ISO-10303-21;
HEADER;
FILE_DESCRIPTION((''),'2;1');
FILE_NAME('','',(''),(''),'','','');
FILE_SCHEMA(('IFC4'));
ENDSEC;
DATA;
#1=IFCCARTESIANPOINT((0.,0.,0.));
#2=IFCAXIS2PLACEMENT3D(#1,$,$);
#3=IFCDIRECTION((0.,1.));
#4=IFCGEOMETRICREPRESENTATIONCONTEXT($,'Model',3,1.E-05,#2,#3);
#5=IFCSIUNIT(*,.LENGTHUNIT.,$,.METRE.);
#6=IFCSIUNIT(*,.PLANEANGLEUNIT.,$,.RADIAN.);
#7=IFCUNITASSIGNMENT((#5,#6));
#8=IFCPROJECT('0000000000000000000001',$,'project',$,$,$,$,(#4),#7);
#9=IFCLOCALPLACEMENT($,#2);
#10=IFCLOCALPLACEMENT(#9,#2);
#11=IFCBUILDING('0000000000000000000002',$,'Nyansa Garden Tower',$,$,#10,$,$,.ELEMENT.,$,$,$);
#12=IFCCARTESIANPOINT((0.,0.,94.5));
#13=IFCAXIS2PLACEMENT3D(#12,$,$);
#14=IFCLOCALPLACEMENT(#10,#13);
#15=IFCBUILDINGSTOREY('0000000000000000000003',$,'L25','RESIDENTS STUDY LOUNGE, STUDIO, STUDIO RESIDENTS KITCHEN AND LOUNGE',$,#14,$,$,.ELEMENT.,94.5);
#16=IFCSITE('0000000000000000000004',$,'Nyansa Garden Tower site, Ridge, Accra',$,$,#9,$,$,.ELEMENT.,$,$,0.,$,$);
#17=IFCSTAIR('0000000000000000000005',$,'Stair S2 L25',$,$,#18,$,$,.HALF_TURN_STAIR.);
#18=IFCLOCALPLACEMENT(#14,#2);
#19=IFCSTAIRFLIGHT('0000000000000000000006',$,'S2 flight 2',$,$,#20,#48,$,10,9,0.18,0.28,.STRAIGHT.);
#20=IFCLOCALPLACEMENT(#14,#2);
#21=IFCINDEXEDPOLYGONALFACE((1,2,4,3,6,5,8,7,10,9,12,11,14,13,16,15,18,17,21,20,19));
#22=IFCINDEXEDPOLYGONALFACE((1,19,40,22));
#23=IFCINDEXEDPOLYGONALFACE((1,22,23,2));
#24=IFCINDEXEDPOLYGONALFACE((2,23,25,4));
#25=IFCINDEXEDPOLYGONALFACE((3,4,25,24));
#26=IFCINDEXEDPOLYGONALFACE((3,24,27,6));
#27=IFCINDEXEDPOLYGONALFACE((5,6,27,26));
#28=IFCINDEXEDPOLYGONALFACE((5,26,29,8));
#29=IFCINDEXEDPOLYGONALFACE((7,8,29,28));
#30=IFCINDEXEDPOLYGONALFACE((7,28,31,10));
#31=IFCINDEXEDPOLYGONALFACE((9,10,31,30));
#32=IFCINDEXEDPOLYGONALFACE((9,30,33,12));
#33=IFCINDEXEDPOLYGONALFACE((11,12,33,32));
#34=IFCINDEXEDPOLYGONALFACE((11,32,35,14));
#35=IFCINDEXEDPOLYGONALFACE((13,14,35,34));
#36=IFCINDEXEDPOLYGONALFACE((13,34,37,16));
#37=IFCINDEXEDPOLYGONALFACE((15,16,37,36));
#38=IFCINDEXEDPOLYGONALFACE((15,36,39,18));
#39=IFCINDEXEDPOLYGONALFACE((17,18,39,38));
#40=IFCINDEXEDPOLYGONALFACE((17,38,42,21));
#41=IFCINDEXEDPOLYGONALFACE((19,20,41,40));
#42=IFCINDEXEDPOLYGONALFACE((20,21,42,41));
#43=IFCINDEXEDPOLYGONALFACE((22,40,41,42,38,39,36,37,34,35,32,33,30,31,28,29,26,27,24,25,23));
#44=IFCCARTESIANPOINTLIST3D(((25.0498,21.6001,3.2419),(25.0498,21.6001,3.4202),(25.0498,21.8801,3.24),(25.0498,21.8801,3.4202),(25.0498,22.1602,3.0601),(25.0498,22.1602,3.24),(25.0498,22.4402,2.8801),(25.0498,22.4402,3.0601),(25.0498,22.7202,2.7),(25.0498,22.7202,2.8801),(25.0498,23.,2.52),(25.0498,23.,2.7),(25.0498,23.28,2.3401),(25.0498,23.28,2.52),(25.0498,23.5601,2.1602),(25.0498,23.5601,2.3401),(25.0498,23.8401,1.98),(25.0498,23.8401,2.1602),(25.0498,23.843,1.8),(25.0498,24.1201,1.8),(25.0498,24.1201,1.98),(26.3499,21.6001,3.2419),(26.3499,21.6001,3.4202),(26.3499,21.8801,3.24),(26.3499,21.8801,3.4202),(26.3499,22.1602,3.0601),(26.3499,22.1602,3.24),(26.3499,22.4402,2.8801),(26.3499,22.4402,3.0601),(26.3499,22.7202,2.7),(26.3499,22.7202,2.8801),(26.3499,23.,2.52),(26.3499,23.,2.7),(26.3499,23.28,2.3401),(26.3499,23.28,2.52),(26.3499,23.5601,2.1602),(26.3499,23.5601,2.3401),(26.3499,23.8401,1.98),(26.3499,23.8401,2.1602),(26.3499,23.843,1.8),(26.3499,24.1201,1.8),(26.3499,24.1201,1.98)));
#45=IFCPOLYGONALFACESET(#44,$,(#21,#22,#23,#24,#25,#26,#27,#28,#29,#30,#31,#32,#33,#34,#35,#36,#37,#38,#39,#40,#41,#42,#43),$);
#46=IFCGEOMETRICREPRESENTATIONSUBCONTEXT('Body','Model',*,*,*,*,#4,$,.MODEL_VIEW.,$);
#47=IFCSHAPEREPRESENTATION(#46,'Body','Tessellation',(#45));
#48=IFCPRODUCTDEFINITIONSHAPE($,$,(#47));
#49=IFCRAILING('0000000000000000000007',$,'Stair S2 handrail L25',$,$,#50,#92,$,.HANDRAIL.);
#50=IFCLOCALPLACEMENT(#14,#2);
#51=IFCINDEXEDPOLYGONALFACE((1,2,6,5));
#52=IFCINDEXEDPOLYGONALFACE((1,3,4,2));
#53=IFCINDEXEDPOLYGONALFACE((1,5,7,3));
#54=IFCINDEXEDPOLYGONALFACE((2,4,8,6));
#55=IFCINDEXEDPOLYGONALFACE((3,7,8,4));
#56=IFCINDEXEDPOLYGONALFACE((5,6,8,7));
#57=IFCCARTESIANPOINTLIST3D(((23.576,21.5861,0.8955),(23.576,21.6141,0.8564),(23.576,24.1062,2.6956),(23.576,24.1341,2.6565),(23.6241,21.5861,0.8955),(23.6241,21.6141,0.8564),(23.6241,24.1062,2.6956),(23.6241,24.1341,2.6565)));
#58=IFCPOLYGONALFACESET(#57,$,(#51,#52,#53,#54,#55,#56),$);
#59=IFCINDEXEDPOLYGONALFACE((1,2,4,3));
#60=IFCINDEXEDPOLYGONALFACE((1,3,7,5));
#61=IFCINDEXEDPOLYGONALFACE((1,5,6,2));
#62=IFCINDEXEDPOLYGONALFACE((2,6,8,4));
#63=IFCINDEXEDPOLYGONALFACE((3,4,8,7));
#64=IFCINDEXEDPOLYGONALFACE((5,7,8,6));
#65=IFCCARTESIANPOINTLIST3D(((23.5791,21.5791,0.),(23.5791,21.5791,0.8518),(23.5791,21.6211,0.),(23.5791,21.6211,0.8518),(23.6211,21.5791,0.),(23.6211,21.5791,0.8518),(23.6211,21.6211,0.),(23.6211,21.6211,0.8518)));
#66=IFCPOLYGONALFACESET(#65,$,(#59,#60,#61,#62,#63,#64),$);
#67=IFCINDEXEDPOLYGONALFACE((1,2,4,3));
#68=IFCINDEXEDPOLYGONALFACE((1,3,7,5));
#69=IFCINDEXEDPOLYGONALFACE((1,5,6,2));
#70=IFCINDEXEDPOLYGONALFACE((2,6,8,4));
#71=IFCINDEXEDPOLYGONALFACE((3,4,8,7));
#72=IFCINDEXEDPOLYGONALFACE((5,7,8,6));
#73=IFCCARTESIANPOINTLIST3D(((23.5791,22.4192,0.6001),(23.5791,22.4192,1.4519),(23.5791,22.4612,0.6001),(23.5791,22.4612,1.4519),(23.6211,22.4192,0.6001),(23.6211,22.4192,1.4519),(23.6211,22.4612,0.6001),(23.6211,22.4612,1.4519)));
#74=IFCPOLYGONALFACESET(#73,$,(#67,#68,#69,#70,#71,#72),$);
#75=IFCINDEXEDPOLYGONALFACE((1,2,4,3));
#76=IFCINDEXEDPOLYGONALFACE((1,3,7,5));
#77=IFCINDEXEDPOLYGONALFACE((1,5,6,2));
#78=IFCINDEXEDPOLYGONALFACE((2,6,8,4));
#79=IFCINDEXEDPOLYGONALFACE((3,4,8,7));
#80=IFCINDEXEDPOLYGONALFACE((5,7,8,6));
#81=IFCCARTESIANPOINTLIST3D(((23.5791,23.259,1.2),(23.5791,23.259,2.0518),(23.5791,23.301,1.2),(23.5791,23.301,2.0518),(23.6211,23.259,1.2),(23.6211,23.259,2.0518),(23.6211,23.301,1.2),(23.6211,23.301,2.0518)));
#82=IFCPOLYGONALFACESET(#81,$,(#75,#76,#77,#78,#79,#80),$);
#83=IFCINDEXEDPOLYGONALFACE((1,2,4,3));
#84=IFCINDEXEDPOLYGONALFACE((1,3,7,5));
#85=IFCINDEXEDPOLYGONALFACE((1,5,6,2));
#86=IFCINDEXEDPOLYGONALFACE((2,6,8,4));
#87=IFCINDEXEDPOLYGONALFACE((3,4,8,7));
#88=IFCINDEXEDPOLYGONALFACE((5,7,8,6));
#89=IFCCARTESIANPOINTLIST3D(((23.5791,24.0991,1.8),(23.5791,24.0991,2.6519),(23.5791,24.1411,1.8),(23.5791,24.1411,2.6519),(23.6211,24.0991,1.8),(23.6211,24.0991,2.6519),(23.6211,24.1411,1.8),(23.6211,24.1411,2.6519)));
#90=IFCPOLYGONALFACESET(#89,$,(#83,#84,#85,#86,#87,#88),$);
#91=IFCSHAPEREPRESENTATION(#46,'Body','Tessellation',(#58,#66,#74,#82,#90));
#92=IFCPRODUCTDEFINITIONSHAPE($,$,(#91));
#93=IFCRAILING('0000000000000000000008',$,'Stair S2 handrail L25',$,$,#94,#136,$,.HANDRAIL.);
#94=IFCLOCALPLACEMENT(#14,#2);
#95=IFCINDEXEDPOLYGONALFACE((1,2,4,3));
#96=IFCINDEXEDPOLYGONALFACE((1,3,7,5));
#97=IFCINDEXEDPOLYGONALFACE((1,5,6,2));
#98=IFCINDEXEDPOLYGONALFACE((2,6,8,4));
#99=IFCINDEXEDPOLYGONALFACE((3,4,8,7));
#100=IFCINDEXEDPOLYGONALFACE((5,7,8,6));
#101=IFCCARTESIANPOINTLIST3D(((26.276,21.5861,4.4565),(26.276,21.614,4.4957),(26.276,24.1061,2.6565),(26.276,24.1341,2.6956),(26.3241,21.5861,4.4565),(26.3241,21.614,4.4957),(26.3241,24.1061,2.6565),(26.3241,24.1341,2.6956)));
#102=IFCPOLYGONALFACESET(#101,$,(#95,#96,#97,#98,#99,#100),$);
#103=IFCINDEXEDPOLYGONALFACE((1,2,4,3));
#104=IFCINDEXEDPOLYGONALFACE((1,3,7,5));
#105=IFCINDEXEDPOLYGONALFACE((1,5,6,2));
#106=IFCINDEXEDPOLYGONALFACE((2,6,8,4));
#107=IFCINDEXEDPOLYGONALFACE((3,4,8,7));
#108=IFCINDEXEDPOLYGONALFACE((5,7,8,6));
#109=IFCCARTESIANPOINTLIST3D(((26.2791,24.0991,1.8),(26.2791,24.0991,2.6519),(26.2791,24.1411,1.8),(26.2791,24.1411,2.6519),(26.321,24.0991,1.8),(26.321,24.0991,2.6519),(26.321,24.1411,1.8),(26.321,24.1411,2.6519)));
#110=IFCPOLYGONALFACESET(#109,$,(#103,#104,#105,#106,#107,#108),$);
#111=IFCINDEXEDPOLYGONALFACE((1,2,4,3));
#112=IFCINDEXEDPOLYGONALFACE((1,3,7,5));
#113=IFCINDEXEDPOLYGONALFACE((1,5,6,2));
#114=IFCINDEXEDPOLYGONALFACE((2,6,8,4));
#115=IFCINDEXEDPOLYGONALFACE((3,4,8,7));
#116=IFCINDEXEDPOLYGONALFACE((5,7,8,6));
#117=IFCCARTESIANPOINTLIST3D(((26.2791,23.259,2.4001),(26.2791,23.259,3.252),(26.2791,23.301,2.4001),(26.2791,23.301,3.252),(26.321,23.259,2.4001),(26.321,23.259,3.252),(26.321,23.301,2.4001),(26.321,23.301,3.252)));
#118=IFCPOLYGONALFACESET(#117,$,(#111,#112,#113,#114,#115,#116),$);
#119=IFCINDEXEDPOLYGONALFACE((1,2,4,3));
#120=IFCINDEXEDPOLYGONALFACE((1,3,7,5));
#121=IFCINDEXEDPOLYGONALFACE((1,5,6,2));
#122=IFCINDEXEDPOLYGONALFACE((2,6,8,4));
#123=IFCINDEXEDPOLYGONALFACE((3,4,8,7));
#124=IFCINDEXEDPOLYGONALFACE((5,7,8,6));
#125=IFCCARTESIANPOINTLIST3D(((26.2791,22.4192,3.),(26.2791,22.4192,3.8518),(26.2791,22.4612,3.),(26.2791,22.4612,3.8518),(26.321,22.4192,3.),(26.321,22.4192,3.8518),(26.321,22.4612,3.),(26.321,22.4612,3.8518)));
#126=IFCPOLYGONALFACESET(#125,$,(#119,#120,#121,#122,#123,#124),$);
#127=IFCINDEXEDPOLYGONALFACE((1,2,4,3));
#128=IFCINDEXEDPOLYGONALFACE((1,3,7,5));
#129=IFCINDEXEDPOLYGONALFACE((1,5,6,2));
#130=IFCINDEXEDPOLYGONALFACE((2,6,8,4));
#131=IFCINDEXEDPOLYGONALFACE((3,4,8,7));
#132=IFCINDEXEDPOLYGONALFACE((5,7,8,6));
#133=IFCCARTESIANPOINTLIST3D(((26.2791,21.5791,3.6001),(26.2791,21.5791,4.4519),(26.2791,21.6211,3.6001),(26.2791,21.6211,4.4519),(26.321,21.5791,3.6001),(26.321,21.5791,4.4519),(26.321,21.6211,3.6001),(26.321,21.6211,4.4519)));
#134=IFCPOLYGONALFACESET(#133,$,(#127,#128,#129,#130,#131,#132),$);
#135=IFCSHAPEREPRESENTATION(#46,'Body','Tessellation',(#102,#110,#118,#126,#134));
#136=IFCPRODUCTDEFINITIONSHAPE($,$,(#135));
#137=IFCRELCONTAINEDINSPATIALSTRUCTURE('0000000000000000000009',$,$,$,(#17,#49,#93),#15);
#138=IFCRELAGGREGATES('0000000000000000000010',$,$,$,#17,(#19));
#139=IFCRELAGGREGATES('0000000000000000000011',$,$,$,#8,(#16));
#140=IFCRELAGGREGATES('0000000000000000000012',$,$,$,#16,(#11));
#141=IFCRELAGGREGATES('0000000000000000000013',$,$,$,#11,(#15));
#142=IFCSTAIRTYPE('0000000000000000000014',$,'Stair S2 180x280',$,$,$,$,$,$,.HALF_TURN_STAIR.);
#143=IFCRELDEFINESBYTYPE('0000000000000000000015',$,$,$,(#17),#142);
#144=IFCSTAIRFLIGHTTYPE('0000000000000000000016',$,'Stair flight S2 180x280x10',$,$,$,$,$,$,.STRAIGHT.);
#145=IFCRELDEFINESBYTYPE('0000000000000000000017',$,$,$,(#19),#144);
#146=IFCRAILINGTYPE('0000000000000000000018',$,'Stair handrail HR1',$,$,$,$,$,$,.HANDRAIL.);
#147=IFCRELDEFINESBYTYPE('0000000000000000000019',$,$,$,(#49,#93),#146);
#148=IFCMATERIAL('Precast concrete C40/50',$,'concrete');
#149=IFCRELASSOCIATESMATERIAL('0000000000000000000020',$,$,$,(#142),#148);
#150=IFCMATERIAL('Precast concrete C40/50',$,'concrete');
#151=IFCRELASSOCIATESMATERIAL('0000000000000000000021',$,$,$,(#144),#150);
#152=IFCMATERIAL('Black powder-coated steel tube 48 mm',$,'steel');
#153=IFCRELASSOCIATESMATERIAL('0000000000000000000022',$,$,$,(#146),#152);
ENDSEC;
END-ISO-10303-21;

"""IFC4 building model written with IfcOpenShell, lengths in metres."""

from ifc_helpers import new_model, si_unit, direction, frame, origin, origin_2d, place, context, subcontext, project, spatial, polyline, rectangle, outline, extrude, material, type_object, element, aggregate, save


model = new_model("IFC4")

# Units and contexts
model_context = context("Model", 3, precision=1e-05, world=origin(), true_north=direction((0.0, 1.0)))
body_context = subcontext(model_context, "Body", "Model", "MODEL_VIEW")
ifc_project = project(units=[si_unit("LENGTHUNIT", "METRE"), si_unit("PLANEANGLEUNIT", "RADIAN")], contexts=[model_context])

# Site, building, storey
site_placement = place(None, origin())
site = spatial("IfcSite", under=ifc_project, at=site_placement, Name="Nyansa Garden Tower site, Ridge, Accra", CompositionType="ELEMENT", RefElevation=0.0)
building_placement = place(site_placement, origin())
building = spatial("IfcBuilding", under=site, at=building_placement, Name="Nyansa Garden Tower", CompositionType="ELEMENT")
storey_placement = place(building_placement, frame((0.0, 0.0, 94.5)))
storey = spatial("IfcBuildingStorey", under=building, at=storey_placement, Name="L25", Description="RESIDENTS STUDY LOUNGE, STUDIO, STUDIO RESIDENTS KITCHEN AND LOUNGE", CompositionType="ELEMENT", Elevation=94.5)

# Stair, stair flight
ifc_material_1 = material(Name="Precast concrete C40/50", Category="concrete")
stair_type = type_object("IfcStairType", Name="Stair S2 180x280", PredefinedType="HALF_TURN_STAIR", material=ifc_material_1)
stair_placement = place(storey_placement, origin())
stair = element("IfcStair", 1, at=stair_placement, inside=storey, type_object=stair_type, Name="Stair S2 L25", PredefinedType="HALF_TURN_STAIR")
ifc_material_2 = material(Name="Precast concrete C40/50", Category="concrete")
stair_flight_type = type_object("IfcStairFlightType", Name="Stair flight S2 180x280x10", PredefinedType="STRAIGHT", material=ifc_material_2)
stair_flight_1_placement = place(storey_placement, frame((25.7, 24.1201, 1.8), z_axis=(0.0, 0.0, 1.0), x_axis=(0.0, -1.0, 0.0)))
stair_flight_1 = element("IfcStairFlight", 2, at=stair_flight_1_placement, type_object=stair_flight_type, Name="S2 flight 2", NumberOfRisers=10, NumberOfTreads=9, PredefinedType="STRAIGHT", RiserHeight=0.18, TreadLength=0.28, context=body_context, shape_type="SweptSolid", body=[
    extrude(outline(polyline([(0.0, 0.0), (0.0, 0.1799), (0.28, 0.1799), (0.28, 0.3601), (0.5601, 0.3601), (0.5601, 0.54), (0.8401, 0.54), (0.8401, 0.72), (1.1201, 0.72), (1.1201, 0.8999), (1.3999, 0.8999), (1.3999, 1.0801), (1.6799, 1.0801), (1.6799, 1.26), (1.96, 1.26), (1.96, 1.4399), (2.24, 1.4399), (2.24, 1.6201), (2.52, 1.6201), (2.52, 1.8), (2.52, 1.4419), (0.2771, 0.0), (0.0, 0.0)])), frame((0.0, 0.6499, 0.0), z_axis=(0.0, -1.0, 0.0), x_axis=(1.0, 0.0, 0.0)), (0.0, 0.0, 1.0), 1.3),
])
aggregate(stair, [stair_flight_1])

# Railings
ifc_material_3 = material(Name="Black powder-coated steel tube 48 mm", Category="steel")
railing_type = type_object("IfcRailingType", Name="Stair handrail HR1", PredefinedType="HANDRAIL", material=ifc_material_3)
railing_1_placement = place(storey_placement, frame((23.6001, 21.6001, 0.0)))
element("IfcRailing", 3, at=railing_1_placement, inside=storey, type_object=railing_type, Name="Stair S2 handrail L25", PredefinedType="HANDRAIL", context=body_context, shape_type="SweptSolid", body=[
    extrude(rectangle(XDim=0.0481, YDim=0.0481, at=origin_2d()), frame((0.0, 0.0, 0.876), z_axis=(0.0, 0.813728, 0.581246), x_axis=(-1.0, 0.0, 0.0)), (0.0, 0.0, 1.0), 3.0969),
    extrude(rectangle(XDim=0.042, YDim=0.042, at=origin_2d()), origin(), (0.0, 0.0, 1.0), 0.8518),
    extrude(rectangle(XDim=0.042, YDim=0.042, at=origin_2d()), frame((0.0, 0.8401, 0.6001)), (0.0, 0.0, 1.0), 0.8518),
    extrude(rectangle(XDim=0.042, YDim=0.042, at=origin_2d()), frame((0.0, 1.6799, 1.2)), (0.0, 0.0, 1.0), 0.8518),
    extrude(rectangle(XDim=0.042, YDim=0.042, at=origin_2d()), frame((0.0, 2.52, 1.8)), (0.0, 0.0, 1.0), 0.8518),
])
railing_2_placement = place(storey_placement, frame((26.3, 24.1201, 1.8)))
element("IfcRailing", 4, at=railing_2_placement, inside=storey, type_object=railing_type, Name="Stair S2 handrail L25", PredefinedType="HANDRAIL", context=body_context, shape_type="SweptSolid", body=[
    extrude(rectangle(XDim=0.0481, YDim=0.0481, at=origin_2d()), frame((0.0, 0.0, 0.876), z_axis=(0.0, -0.813728, 0.581246), x_axis=(1.0, 0.0, 0.0)), (0.0, 0.0, 1.0), 3.0969),
    extrude(rectangle(XDim=0.042, YDim=0.042, at=origin_2d()), origin(), (0.0, 0.0, 1.0), 0.8518),
    extrude(rectangle(XDim=0.042, YDim=0.042, at=origin_2d()), frame((0.0, -0.8401, 0.6001)), (0.0, 0.0, 1.0), 0.8518),
    extrude(rectangle(XDim=0.042, YDim=0.042, at=origin_2d()), frame((0.0, -1.6799, 1.2)), (0.0, 0.0, 1.0), 0.8518),
    extrude(rectangle(XDim=0.042, YDim=0.042, at=origin_2d()), frame((0.0, -2.52, 1.8)), (0.0, 0.0, 1.0), 0.8518),
])

save(model, "model.ifc")
